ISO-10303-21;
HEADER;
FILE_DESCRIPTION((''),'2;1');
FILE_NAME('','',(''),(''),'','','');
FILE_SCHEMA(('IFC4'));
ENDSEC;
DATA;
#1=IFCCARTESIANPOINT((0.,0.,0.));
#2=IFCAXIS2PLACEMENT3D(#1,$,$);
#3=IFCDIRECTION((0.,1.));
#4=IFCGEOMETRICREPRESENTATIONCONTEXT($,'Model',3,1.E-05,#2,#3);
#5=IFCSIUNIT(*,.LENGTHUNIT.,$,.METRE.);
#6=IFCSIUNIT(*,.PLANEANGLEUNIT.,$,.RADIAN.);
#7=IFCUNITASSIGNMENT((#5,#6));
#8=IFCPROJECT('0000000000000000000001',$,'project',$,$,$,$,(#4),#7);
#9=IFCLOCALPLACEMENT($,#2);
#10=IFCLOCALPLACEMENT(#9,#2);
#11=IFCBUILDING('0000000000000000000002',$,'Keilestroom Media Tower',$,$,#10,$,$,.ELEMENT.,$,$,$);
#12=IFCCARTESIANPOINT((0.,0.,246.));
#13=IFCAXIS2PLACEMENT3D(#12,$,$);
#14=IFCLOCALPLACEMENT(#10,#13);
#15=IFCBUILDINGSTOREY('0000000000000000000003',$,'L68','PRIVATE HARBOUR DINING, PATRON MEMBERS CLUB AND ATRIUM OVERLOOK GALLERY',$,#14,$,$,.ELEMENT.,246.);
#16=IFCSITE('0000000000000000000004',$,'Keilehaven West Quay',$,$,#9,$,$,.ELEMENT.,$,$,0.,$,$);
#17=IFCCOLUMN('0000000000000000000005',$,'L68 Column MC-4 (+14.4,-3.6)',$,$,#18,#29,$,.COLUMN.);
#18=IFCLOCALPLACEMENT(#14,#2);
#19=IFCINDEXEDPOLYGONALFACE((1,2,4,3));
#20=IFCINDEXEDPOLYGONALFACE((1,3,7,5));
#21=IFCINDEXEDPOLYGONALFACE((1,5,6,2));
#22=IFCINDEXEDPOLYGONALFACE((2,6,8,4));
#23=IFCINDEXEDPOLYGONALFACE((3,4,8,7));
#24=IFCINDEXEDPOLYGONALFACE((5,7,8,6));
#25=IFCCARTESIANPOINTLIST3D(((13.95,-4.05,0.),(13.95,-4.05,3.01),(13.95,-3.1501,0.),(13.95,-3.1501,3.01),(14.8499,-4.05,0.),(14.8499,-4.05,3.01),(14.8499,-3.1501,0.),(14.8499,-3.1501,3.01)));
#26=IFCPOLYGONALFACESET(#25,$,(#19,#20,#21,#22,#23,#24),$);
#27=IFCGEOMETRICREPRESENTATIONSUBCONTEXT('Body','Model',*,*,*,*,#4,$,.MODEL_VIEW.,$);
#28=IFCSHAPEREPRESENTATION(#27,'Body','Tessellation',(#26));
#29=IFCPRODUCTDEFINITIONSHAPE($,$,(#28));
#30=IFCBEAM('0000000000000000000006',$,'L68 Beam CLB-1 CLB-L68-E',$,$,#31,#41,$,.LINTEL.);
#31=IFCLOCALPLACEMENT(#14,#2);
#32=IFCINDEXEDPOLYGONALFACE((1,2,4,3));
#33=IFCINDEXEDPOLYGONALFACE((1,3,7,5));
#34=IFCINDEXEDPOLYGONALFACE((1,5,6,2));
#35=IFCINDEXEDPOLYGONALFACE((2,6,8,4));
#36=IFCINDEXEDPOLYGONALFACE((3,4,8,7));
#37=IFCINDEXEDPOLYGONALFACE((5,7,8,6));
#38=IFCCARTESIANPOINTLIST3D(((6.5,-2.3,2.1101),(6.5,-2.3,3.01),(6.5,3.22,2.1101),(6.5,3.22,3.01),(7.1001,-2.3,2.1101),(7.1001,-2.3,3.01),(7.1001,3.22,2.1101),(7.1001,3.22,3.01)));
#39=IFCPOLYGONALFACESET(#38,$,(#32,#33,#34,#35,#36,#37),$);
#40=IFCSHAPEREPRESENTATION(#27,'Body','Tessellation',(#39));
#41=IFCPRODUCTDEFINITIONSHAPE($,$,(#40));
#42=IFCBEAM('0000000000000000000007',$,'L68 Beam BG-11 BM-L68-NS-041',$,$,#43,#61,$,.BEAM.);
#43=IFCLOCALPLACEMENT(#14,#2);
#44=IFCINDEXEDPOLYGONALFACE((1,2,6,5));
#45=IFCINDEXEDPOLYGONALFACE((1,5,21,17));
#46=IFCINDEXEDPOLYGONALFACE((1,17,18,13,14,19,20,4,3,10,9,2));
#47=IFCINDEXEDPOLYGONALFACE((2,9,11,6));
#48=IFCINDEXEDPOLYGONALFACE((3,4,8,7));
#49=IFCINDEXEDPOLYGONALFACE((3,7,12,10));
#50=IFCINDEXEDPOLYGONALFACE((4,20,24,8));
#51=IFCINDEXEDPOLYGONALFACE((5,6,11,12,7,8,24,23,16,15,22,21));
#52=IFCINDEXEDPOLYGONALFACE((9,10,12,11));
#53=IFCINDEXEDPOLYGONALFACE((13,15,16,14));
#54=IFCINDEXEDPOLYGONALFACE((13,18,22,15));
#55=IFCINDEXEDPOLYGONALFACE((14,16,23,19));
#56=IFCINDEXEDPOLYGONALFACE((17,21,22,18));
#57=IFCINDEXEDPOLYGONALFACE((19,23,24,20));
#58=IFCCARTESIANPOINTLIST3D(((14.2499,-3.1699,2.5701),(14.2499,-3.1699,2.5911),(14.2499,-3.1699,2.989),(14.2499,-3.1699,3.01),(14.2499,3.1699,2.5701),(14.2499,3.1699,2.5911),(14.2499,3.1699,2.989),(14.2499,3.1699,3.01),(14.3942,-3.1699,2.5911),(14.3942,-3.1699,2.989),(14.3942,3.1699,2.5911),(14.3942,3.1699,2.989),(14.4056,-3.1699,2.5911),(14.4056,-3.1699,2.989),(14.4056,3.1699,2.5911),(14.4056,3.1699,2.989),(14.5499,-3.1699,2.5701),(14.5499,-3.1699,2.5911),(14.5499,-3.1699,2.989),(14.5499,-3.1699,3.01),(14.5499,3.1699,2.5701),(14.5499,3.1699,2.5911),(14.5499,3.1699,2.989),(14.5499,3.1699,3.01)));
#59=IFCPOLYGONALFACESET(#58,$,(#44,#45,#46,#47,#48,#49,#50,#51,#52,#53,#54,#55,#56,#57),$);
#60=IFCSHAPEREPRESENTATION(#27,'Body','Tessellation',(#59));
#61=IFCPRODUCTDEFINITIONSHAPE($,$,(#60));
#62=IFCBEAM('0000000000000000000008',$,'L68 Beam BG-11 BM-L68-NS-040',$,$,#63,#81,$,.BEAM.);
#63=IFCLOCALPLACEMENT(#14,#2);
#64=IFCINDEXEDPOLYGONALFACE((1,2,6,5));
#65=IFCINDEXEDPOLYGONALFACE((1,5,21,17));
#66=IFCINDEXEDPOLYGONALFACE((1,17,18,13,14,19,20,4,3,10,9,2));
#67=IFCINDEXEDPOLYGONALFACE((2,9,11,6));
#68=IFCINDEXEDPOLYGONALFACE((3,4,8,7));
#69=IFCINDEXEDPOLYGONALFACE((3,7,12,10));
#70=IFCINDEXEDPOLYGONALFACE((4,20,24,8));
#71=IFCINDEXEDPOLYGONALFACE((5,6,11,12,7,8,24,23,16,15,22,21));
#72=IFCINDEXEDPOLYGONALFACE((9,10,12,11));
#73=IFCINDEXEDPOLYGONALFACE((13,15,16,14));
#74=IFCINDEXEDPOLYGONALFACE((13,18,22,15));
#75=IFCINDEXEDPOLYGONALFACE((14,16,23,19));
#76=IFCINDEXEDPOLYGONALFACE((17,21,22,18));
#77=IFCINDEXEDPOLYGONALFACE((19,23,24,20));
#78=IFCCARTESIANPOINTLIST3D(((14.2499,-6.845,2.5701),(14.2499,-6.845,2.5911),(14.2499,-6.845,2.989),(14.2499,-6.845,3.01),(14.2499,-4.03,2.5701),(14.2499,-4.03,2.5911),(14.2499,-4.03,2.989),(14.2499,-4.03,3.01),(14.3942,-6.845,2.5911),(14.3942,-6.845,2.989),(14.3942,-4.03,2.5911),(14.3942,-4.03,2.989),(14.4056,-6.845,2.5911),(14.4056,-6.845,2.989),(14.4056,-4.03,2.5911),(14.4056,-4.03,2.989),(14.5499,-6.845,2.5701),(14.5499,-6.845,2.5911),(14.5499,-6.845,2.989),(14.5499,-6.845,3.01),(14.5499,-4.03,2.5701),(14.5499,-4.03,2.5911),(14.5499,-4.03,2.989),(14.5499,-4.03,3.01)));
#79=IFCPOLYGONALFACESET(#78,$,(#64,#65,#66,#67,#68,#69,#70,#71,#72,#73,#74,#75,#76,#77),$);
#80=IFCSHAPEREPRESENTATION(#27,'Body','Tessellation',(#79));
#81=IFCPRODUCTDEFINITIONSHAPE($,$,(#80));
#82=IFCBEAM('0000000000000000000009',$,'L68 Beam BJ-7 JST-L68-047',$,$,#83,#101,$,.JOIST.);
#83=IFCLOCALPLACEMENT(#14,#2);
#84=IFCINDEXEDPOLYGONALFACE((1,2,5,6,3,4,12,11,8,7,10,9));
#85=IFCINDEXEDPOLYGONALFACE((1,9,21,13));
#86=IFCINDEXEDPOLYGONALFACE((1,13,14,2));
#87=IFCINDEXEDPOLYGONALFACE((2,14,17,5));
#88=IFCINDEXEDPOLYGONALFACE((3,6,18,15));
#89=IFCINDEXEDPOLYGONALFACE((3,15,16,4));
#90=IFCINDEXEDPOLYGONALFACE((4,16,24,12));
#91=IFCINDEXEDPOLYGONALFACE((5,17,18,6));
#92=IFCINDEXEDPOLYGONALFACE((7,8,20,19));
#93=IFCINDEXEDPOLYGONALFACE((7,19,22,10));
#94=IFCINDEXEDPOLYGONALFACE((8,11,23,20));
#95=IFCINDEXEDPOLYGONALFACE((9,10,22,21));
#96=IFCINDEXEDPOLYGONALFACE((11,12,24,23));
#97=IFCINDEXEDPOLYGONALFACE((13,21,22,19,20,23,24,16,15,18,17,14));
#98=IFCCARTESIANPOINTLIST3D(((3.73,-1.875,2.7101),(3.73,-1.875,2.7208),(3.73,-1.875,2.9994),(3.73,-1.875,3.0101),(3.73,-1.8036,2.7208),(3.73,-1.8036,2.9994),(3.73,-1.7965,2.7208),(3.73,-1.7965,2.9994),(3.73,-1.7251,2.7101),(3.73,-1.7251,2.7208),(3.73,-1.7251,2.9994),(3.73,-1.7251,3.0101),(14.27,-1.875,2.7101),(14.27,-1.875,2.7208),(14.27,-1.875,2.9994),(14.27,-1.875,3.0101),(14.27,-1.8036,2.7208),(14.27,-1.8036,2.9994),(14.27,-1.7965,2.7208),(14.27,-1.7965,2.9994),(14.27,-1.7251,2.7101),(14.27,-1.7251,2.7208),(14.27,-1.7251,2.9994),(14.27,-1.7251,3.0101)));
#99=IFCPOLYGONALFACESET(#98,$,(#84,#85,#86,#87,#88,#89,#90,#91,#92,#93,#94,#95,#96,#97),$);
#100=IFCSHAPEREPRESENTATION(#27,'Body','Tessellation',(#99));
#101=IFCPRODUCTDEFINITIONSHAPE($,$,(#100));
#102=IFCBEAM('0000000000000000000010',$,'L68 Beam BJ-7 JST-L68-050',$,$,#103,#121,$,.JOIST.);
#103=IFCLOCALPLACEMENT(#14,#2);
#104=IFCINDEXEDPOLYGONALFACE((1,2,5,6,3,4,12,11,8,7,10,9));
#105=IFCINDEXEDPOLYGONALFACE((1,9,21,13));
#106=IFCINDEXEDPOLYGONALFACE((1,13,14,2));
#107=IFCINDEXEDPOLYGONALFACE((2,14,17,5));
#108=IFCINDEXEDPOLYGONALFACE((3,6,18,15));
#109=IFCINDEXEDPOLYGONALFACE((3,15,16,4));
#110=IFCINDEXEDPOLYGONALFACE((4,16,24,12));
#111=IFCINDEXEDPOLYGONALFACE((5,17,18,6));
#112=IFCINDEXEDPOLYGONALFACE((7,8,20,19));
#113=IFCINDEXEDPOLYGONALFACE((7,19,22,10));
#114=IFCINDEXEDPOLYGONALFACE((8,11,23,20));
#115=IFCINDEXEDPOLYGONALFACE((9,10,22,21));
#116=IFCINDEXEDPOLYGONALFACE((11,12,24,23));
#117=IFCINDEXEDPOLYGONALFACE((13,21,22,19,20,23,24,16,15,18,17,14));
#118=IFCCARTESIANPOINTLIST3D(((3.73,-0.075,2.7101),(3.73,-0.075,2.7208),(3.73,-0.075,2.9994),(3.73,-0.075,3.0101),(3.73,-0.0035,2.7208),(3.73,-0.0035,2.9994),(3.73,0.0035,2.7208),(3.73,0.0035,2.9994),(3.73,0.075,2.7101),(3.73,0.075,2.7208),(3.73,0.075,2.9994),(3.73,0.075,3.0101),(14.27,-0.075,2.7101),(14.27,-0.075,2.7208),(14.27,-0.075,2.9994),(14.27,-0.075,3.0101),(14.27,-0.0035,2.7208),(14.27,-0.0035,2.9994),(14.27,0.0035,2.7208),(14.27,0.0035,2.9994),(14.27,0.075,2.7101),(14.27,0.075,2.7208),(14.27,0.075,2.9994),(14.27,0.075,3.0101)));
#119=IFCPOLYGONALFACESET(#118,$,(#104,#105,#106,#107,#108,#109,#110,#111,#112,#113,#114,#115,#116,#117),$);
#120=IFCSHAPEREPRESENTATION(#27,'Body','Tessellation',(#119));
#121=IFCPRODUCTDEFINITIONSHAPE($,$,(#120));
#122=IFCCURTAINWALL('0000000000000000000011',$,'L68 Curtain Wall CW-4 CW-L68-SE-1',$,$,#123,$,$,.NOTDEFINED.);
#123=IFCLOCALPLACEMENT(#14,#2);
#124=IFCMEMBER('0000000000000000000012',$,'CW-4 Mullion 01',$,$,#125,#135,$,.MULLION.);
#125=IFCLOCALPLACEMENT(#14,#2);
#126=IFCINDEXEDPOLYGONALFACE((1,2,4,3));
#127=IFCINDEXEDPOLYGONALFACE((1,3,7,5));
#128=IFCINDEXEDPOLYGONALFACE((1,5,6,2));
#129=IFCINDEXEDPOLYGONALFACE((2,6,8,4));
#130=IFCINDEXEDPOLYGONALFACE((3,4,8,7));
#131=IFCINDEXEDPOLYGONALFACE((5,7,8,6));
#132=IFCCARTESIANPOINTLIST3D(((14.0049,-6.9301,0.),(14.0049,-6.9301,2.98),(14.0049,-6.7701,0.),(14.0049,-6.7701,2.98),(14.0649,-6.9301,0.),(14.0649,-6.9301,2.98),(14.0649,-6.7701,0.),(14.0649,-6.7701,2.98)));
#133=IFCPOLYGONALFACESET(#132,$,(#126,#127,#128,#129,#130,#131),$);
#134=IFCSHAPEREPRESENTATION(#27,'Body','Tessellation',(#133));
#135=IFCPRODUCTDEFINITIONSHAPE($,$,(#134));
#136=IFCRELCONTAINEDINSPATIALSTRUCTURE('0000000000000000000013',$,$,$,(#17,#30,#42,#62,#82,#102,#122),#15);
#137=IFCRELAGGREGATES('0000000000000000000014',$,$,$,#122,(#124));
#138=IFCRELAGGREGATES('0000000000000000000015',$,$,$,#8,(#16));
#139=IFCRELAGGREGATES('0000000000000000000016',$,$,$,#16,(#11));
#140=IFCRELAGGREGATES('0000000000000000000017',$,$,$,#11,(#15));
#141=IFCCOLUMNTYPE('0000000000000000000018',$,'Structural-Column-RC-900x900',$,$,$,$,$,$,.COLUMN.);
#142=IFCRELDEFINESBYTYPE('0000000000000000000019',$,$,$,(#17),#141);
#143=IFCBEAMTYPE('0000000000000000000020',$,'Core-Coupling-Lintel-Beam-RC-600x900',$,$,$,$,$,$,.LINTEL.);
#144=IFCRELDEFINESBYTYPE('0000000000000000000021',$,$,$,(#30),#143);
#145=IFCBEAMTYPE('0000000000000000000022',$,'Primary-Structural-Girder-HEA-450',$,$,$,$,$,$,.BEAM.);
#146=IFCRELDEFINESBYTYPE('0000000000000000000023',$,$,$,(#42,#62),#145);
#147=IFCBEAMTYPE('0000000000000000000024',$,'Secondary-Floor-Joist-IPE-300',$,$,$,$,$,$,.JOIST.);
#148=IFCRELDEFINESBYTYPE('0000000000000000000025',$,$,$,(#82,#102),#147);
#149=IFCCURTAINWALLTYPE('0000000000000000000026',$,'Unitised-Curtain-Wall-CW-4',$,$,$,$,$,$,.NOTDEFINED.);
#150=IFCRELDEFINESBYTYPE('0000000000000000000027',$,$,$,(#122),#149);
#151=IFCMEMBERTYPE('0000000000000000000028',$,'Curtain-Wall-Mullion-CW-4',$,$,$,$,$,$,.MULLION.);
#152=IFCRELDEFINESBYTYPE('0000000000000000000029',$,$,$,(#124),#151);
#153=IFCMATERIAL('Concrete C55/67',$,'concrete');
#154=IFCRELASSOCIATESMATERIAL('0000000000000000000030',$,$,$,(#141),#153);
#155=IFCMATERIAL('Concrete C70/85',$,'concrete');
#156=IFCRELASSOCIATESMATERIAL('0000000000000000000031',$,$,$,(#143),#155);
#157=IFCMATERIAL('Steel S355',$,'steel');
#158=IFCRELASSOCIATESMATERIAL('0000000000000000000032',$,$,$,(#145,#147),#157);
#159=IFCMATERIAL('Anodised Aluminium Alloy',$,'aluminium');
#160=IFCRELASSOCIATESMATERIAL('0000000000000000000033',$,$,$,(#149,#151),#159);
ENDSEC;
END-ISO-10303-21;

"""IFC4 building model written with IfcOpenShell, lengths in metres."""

from ifc_helpers import new_model, si_unit, direction, frame, origin, origin_2d, place, context, subcontext, project, spatial, rectangle, i_section, extrude, source, transform, mapped, material, material_profile, profile_set, type_object, element, aggregate, save


model = new_model("IFC4")

# Units and contexts
model_context = context("Model", 3, precision=1e-05, world=origin(), true_north=direction((0.0, 1.0)))
body_context = subcontext(model_context, "Body", "Model", "MODEL_VIEW")
ifc_project = project(units=[si_unit("LENGTHUNIT", "METRE"), si_unit("PLANEANGLEUNIT", "RADIAN")], contexts=[model_context])

# Site, building, storey
site_placement = place(None, origin())
site = spatial("IfcSite", under=ifc_project, at=site_placement, Name="Keilehaven West Quay", CompositionType="ELEMENT", RefElevation=0.0)
building_placement = place(site_placement, origin())
building = spatial("IfcBuilding", under=site, at=building_placement, Name="Keilestroom Media Tower", CompositionType="ELEMENT")
storey_placement = place(building_placement, frame((0.0, 0.0, 246.0)))
storey = spatial("IfcBuildingStorey", under=building, at=storey_placement, Name="L68", Description="PRIVATE HARBOUR DINING, PATRON MEMBERS CLUB AND ATRIUM OVERLOOK GALLERY", CompositionType="ELEMENT", Elevation=246.0)

# Column
ifc_material_1 = material(Name="Concrete C55/67", Category="concrete")
ifc_material_profile_1 = material_profile(ifc_material_1, rectangle(XDim=0.8999, YDim=0.8999, at=origin_2d()), Name="RC 900x900")
ifc_profile_set_1 = profile_set([ifc_material_profile_1], Name="Concrete C55/67")
column_type = type_object("IfcColumnType", Name="Structural-Column-RC-900x900", PredefinedType="COLUMN", material=ifc_profile_set_1)
shared_shape_1 = source(origin(), body_context, "Body", "SweptSolid", [
    extrude(rectangle(XDim=0.8999, YDim=0.8999, at=origin_2d()), origin(), (0.0, 0.0, 1.0), 3.01),
])
column_placement = place(storey_placement, frame((14.3999, -3.6001, 0.0), z_axis=(0.0, 0.0, 1.0), x_axis=(1.0, 0.0, 0.0)))
element("IfcColumn", 1, at=column_placement, inside=storey, type_object=column_type, Name="L68 Column MC-4 (+14.4,-3.6)", PredefinedType="COLUMN", context=body_context, shape_type="MappedRepresentation", body=[
    mapped(shared_shape_1, transform((0.0, 0.0, 0.0), x_axis=(1.0, 0.0, 0.0), y_axis=(0.0, 1.0, 0.0), z_axis=(0.0, 0.0, 1.0), scale=1.0)),
])

# Beams
ifc_material_2 = material(Name="Concrete C70/85", Category="concrete")
ifc_material_profile_2 = material_profile(ifc_material_2, rectangle(XDim=0.6001, YDim=0.8999, at=origin_2d()), Name="RC 600x900")
ifc_profile_set_2 = profile_set([ifc_material_profile_2], Name="Concrete C70/85")
beam_type_1 = type_object("IfcBeamType", Name="Core-Coupling-Lintel-Beam-RC-600x900", PredefinedType="LINTEL", material=ifc_profile_set_2)
shared_shape_2 = source(origin(), body_context, "Body", "SweptSolid", [
    extrude(rectangle(XDim=0.6001, YDim=0.8999, at=origin_2d()), origin(), (0.0, 0.0, 1.0), 5.52),
])
beam_1_placement = place(storey_placement, frame((6.8, -2.3, 2.5601), z_axis=(0.0, 1.0, 0.0), x_axis=(-1.0, 0.0, 0.0)))
element("IfcBeam", 2, at=beam_1_placement, inside=storey, type_object=beam_type_1, Name="L68 Beam CLB-1 CLB-L68-E", PredefinedType="LINTEL", context=body_context, shape_type="MappedRepresentation", body=[
    mapped(shared_shape_2, transform((0.0, 0.0, 0.0), x_axis=(1.0, 0.0, 0.0), y_axis=(0.0, 1.0, 0.0), z_axis=(0.0, 0.0, 1.0), scale=1.0)),
])
ifc_material_3 = material(Name="Steel S355", Category="steel")
ifc_material_profile_3 = material_profile(ifc_material_3, i_section(OverallWidth=0.3, OverallDepth=0.4399, WebThickness=0.0115, FlangeThickness=0.021, at=origin_2d()), Name="HEA 450")
ifc_profile_set_3 = profile_set([ifc_material_profile_3], Name="Steel S355")
beam_type_2 = type_object("IfcBeamType", Name="Primary-Structural-Girder-HEA-450", PredefinedType="BEAM", material=ifc_profile_set_3)
shared_shape_3 = source(origin(), body_context, "Body", "SweptSolid", [
    extrude(i_section(OverallWidth=0.3, OverallDepth=0.4399, WebThickness=0.0115, FlangeThickness=0.021, at=origin_2d()), origin(), (0.0, 0.0, 1.0), 6.3398),
])
beam_2_placement = place(storey_placement, frame((14.3999, -3.1699, 2.79), z_axis=(0.0, 1.0, 0.0), x_axis=(-1.0, 0.0, 0.0)))
element("IfcBeam", 3, at=beam_2_placement, inside=storey, type_object=beam_type_2, Name="L68 Beam BG-11 BM-L68-NS-041", PredefinedType="BEAM", context=body_context, shape_type="MappedRepresentation", body=[
    mapped(shared_shape_3, transform((0.0, 0.0, 0.0), x_axis=(1.0, 0.0, 0.0), y_axis=(0.0, 1.0, 0.0), z_axis=(0.0, 0.0, 1.0), scale=1.0)),
])
shared_shape_4 = source(origin(), body_context, "Body", "SweptSolid", [
    extrude(i_section(OverallWidth=0.3, OverallDepth=0.4399, WebThickness=0.0115, FlangeThickness=0.021, at=origin_2d()), origin(), (0.0, 0.0, 1.0), 2.8149),
])
beam_3_placement = place(storey_placement, frame((14.3999, -6.845, 2.79), z_axis=(0.0, 1.0, 0.0), x_axis=(-1.0, 0.0, 0.0)))
element("IfcBeam", 4, at=beam_3_placement, inside=storey, type_object=beam_type_2, Name="L68 Beam BG-11 BM-L68-NS-040", PredefinedType="BEAM", context=body_context, shape_type="MappedRepresentation", body=[
    mapped(shared_shape_4, transform((0.0, 0.0, 0.0), x_axis=(1.0, 0.0, 0.0), y_axis=(0.0, 1.0, 0.0), z_axis=(0.0, 0.0, 1.0), scale=1.0)),
])
ifc_material_profile_4 = material_profile(ifc_material_3, i_section(OverallWidth=0.1499, OverallDepth=0.3, WebThickness=0.0071, FlangeThickness=0.0107, at=origin_2d()), Name="IPE 300")
ifc_profile_set_4 = profile_set([ifc_material_profile_4], Name="Steel S355")
beam_type_3 = type_object("IfcBeamType", Name="Secondary-Floor-Joist-IPE-300", PredefinedType="JOIST", material=ifc_profile_set_4)
shared_shape_5 = source(origin(), body_context, "Body", "SweptSolid", [
    extrude(i_section(OverallWidth=0.1499, OverallDepth=0.3, WebThickness=0.0071, FlangeThickness=0.0107, at=origin_2d()), origin(), (0.0, 0.0, 1.0), 10.54),
])
for number, where, z_axis, x_axis, name in (
    (5, (3.73, -1.8, 2.8601), (1.0, 0.0, 0.0), (0.0, 1.0, 0.0), "L68 Beam BJ-7 JST-L68-047"),
    (6, (3.73, 0.0, 2.8601), (1.0, 0.0, 0.0), (0.0, 1.0, 0.0), "L68 Beam BJ-7 JST-L68-050"),
):
    element("IfcBeam", number, at=place(storey_placement, frame(where, z_axis=z_axis, x_axis=x_axis)), inside=storey, type_object=beam_type_3, Name=name, PredefinedType="JOIST", context=body_context, shape_type="MappedRepresentation", body=[
        mapped(shared_shape_5, transform((0.0, 0.0, 0.0), x_axis=(1.0, 0.0, 0.0), y_axis=(0.0, 1.0, 0.0), z_axis=(0.0, 0.0, 1.0), scale=1.0)),
    ])

# Curtain wall, member
ifc_material_4 = material(Name="Anodised Aluminium Alloy", Category="aluminium")
curtain_wall_type = type_object("IfcCurtainWallType", Name="Unitised-Curtain-Wall-CW-4", PredefinedType="NOTDEFINED", material=ifc_material_4)
curtain_wall_placement = place(storey_placement, origin())
curtain_wall = element("IfcCurtainWall", 7, at=curtain_wall_placement, inside=storey, type_object=curtain_wall_type, Name="L68 Curtain Wall CW-4 CW-L68-SE-1", PredefinedType="NOTDEFINED")
ifc_material_profile_5 = material_profile(ifc_material_4, rectangle(XDim=0.0601, YDim=0.1599, at=origin_2d()), Name="ALU MULLION 60x160")
ifc_profile_set_5 = profile_set([ifc_material_profile_5], Name="Anodised Aluminium Alloy")
member_type = type_object("IfcMemberType", Name="Curtain-Wall-Mullion-CW-4", PredefinedType="MULLION", material=ifc_profile_set_5)
shared_shape_6 = source(origin(), body_context, "Body", "SweptSolid", [
    extrude(rectangle(XDim=0.0601, YDim=0.1599, at=origin_2d()), origin(), (0.0, 0.0, 1.0), 2.98),
])
member_placement = place(storey_placement, frame((14.0349, -6.8501, 0.0), z_axis=(0.0, 0.0, 1.0), x_axis=(1.0, 0.0, 0.0)))
member = element("IfcMember", 8, at=member_placement, type_object=member_type, Name="CW-4 Mullion 01", PredefinedType="MULLION", context=body_context, shape_type="MappedRepresentation", body=[
    mapped(shared_shape_6, transform((0.0, 0.0, 0.0), x_axis=(1.0, 0.0, 0.0), y_axis=(0.0, 1.0, 0.0), z_axis=(0.0, 0.0, 1.0), scale=1.0)),
])
aggregate(curtain_wall, [member])

save(model, "model.ifc")
